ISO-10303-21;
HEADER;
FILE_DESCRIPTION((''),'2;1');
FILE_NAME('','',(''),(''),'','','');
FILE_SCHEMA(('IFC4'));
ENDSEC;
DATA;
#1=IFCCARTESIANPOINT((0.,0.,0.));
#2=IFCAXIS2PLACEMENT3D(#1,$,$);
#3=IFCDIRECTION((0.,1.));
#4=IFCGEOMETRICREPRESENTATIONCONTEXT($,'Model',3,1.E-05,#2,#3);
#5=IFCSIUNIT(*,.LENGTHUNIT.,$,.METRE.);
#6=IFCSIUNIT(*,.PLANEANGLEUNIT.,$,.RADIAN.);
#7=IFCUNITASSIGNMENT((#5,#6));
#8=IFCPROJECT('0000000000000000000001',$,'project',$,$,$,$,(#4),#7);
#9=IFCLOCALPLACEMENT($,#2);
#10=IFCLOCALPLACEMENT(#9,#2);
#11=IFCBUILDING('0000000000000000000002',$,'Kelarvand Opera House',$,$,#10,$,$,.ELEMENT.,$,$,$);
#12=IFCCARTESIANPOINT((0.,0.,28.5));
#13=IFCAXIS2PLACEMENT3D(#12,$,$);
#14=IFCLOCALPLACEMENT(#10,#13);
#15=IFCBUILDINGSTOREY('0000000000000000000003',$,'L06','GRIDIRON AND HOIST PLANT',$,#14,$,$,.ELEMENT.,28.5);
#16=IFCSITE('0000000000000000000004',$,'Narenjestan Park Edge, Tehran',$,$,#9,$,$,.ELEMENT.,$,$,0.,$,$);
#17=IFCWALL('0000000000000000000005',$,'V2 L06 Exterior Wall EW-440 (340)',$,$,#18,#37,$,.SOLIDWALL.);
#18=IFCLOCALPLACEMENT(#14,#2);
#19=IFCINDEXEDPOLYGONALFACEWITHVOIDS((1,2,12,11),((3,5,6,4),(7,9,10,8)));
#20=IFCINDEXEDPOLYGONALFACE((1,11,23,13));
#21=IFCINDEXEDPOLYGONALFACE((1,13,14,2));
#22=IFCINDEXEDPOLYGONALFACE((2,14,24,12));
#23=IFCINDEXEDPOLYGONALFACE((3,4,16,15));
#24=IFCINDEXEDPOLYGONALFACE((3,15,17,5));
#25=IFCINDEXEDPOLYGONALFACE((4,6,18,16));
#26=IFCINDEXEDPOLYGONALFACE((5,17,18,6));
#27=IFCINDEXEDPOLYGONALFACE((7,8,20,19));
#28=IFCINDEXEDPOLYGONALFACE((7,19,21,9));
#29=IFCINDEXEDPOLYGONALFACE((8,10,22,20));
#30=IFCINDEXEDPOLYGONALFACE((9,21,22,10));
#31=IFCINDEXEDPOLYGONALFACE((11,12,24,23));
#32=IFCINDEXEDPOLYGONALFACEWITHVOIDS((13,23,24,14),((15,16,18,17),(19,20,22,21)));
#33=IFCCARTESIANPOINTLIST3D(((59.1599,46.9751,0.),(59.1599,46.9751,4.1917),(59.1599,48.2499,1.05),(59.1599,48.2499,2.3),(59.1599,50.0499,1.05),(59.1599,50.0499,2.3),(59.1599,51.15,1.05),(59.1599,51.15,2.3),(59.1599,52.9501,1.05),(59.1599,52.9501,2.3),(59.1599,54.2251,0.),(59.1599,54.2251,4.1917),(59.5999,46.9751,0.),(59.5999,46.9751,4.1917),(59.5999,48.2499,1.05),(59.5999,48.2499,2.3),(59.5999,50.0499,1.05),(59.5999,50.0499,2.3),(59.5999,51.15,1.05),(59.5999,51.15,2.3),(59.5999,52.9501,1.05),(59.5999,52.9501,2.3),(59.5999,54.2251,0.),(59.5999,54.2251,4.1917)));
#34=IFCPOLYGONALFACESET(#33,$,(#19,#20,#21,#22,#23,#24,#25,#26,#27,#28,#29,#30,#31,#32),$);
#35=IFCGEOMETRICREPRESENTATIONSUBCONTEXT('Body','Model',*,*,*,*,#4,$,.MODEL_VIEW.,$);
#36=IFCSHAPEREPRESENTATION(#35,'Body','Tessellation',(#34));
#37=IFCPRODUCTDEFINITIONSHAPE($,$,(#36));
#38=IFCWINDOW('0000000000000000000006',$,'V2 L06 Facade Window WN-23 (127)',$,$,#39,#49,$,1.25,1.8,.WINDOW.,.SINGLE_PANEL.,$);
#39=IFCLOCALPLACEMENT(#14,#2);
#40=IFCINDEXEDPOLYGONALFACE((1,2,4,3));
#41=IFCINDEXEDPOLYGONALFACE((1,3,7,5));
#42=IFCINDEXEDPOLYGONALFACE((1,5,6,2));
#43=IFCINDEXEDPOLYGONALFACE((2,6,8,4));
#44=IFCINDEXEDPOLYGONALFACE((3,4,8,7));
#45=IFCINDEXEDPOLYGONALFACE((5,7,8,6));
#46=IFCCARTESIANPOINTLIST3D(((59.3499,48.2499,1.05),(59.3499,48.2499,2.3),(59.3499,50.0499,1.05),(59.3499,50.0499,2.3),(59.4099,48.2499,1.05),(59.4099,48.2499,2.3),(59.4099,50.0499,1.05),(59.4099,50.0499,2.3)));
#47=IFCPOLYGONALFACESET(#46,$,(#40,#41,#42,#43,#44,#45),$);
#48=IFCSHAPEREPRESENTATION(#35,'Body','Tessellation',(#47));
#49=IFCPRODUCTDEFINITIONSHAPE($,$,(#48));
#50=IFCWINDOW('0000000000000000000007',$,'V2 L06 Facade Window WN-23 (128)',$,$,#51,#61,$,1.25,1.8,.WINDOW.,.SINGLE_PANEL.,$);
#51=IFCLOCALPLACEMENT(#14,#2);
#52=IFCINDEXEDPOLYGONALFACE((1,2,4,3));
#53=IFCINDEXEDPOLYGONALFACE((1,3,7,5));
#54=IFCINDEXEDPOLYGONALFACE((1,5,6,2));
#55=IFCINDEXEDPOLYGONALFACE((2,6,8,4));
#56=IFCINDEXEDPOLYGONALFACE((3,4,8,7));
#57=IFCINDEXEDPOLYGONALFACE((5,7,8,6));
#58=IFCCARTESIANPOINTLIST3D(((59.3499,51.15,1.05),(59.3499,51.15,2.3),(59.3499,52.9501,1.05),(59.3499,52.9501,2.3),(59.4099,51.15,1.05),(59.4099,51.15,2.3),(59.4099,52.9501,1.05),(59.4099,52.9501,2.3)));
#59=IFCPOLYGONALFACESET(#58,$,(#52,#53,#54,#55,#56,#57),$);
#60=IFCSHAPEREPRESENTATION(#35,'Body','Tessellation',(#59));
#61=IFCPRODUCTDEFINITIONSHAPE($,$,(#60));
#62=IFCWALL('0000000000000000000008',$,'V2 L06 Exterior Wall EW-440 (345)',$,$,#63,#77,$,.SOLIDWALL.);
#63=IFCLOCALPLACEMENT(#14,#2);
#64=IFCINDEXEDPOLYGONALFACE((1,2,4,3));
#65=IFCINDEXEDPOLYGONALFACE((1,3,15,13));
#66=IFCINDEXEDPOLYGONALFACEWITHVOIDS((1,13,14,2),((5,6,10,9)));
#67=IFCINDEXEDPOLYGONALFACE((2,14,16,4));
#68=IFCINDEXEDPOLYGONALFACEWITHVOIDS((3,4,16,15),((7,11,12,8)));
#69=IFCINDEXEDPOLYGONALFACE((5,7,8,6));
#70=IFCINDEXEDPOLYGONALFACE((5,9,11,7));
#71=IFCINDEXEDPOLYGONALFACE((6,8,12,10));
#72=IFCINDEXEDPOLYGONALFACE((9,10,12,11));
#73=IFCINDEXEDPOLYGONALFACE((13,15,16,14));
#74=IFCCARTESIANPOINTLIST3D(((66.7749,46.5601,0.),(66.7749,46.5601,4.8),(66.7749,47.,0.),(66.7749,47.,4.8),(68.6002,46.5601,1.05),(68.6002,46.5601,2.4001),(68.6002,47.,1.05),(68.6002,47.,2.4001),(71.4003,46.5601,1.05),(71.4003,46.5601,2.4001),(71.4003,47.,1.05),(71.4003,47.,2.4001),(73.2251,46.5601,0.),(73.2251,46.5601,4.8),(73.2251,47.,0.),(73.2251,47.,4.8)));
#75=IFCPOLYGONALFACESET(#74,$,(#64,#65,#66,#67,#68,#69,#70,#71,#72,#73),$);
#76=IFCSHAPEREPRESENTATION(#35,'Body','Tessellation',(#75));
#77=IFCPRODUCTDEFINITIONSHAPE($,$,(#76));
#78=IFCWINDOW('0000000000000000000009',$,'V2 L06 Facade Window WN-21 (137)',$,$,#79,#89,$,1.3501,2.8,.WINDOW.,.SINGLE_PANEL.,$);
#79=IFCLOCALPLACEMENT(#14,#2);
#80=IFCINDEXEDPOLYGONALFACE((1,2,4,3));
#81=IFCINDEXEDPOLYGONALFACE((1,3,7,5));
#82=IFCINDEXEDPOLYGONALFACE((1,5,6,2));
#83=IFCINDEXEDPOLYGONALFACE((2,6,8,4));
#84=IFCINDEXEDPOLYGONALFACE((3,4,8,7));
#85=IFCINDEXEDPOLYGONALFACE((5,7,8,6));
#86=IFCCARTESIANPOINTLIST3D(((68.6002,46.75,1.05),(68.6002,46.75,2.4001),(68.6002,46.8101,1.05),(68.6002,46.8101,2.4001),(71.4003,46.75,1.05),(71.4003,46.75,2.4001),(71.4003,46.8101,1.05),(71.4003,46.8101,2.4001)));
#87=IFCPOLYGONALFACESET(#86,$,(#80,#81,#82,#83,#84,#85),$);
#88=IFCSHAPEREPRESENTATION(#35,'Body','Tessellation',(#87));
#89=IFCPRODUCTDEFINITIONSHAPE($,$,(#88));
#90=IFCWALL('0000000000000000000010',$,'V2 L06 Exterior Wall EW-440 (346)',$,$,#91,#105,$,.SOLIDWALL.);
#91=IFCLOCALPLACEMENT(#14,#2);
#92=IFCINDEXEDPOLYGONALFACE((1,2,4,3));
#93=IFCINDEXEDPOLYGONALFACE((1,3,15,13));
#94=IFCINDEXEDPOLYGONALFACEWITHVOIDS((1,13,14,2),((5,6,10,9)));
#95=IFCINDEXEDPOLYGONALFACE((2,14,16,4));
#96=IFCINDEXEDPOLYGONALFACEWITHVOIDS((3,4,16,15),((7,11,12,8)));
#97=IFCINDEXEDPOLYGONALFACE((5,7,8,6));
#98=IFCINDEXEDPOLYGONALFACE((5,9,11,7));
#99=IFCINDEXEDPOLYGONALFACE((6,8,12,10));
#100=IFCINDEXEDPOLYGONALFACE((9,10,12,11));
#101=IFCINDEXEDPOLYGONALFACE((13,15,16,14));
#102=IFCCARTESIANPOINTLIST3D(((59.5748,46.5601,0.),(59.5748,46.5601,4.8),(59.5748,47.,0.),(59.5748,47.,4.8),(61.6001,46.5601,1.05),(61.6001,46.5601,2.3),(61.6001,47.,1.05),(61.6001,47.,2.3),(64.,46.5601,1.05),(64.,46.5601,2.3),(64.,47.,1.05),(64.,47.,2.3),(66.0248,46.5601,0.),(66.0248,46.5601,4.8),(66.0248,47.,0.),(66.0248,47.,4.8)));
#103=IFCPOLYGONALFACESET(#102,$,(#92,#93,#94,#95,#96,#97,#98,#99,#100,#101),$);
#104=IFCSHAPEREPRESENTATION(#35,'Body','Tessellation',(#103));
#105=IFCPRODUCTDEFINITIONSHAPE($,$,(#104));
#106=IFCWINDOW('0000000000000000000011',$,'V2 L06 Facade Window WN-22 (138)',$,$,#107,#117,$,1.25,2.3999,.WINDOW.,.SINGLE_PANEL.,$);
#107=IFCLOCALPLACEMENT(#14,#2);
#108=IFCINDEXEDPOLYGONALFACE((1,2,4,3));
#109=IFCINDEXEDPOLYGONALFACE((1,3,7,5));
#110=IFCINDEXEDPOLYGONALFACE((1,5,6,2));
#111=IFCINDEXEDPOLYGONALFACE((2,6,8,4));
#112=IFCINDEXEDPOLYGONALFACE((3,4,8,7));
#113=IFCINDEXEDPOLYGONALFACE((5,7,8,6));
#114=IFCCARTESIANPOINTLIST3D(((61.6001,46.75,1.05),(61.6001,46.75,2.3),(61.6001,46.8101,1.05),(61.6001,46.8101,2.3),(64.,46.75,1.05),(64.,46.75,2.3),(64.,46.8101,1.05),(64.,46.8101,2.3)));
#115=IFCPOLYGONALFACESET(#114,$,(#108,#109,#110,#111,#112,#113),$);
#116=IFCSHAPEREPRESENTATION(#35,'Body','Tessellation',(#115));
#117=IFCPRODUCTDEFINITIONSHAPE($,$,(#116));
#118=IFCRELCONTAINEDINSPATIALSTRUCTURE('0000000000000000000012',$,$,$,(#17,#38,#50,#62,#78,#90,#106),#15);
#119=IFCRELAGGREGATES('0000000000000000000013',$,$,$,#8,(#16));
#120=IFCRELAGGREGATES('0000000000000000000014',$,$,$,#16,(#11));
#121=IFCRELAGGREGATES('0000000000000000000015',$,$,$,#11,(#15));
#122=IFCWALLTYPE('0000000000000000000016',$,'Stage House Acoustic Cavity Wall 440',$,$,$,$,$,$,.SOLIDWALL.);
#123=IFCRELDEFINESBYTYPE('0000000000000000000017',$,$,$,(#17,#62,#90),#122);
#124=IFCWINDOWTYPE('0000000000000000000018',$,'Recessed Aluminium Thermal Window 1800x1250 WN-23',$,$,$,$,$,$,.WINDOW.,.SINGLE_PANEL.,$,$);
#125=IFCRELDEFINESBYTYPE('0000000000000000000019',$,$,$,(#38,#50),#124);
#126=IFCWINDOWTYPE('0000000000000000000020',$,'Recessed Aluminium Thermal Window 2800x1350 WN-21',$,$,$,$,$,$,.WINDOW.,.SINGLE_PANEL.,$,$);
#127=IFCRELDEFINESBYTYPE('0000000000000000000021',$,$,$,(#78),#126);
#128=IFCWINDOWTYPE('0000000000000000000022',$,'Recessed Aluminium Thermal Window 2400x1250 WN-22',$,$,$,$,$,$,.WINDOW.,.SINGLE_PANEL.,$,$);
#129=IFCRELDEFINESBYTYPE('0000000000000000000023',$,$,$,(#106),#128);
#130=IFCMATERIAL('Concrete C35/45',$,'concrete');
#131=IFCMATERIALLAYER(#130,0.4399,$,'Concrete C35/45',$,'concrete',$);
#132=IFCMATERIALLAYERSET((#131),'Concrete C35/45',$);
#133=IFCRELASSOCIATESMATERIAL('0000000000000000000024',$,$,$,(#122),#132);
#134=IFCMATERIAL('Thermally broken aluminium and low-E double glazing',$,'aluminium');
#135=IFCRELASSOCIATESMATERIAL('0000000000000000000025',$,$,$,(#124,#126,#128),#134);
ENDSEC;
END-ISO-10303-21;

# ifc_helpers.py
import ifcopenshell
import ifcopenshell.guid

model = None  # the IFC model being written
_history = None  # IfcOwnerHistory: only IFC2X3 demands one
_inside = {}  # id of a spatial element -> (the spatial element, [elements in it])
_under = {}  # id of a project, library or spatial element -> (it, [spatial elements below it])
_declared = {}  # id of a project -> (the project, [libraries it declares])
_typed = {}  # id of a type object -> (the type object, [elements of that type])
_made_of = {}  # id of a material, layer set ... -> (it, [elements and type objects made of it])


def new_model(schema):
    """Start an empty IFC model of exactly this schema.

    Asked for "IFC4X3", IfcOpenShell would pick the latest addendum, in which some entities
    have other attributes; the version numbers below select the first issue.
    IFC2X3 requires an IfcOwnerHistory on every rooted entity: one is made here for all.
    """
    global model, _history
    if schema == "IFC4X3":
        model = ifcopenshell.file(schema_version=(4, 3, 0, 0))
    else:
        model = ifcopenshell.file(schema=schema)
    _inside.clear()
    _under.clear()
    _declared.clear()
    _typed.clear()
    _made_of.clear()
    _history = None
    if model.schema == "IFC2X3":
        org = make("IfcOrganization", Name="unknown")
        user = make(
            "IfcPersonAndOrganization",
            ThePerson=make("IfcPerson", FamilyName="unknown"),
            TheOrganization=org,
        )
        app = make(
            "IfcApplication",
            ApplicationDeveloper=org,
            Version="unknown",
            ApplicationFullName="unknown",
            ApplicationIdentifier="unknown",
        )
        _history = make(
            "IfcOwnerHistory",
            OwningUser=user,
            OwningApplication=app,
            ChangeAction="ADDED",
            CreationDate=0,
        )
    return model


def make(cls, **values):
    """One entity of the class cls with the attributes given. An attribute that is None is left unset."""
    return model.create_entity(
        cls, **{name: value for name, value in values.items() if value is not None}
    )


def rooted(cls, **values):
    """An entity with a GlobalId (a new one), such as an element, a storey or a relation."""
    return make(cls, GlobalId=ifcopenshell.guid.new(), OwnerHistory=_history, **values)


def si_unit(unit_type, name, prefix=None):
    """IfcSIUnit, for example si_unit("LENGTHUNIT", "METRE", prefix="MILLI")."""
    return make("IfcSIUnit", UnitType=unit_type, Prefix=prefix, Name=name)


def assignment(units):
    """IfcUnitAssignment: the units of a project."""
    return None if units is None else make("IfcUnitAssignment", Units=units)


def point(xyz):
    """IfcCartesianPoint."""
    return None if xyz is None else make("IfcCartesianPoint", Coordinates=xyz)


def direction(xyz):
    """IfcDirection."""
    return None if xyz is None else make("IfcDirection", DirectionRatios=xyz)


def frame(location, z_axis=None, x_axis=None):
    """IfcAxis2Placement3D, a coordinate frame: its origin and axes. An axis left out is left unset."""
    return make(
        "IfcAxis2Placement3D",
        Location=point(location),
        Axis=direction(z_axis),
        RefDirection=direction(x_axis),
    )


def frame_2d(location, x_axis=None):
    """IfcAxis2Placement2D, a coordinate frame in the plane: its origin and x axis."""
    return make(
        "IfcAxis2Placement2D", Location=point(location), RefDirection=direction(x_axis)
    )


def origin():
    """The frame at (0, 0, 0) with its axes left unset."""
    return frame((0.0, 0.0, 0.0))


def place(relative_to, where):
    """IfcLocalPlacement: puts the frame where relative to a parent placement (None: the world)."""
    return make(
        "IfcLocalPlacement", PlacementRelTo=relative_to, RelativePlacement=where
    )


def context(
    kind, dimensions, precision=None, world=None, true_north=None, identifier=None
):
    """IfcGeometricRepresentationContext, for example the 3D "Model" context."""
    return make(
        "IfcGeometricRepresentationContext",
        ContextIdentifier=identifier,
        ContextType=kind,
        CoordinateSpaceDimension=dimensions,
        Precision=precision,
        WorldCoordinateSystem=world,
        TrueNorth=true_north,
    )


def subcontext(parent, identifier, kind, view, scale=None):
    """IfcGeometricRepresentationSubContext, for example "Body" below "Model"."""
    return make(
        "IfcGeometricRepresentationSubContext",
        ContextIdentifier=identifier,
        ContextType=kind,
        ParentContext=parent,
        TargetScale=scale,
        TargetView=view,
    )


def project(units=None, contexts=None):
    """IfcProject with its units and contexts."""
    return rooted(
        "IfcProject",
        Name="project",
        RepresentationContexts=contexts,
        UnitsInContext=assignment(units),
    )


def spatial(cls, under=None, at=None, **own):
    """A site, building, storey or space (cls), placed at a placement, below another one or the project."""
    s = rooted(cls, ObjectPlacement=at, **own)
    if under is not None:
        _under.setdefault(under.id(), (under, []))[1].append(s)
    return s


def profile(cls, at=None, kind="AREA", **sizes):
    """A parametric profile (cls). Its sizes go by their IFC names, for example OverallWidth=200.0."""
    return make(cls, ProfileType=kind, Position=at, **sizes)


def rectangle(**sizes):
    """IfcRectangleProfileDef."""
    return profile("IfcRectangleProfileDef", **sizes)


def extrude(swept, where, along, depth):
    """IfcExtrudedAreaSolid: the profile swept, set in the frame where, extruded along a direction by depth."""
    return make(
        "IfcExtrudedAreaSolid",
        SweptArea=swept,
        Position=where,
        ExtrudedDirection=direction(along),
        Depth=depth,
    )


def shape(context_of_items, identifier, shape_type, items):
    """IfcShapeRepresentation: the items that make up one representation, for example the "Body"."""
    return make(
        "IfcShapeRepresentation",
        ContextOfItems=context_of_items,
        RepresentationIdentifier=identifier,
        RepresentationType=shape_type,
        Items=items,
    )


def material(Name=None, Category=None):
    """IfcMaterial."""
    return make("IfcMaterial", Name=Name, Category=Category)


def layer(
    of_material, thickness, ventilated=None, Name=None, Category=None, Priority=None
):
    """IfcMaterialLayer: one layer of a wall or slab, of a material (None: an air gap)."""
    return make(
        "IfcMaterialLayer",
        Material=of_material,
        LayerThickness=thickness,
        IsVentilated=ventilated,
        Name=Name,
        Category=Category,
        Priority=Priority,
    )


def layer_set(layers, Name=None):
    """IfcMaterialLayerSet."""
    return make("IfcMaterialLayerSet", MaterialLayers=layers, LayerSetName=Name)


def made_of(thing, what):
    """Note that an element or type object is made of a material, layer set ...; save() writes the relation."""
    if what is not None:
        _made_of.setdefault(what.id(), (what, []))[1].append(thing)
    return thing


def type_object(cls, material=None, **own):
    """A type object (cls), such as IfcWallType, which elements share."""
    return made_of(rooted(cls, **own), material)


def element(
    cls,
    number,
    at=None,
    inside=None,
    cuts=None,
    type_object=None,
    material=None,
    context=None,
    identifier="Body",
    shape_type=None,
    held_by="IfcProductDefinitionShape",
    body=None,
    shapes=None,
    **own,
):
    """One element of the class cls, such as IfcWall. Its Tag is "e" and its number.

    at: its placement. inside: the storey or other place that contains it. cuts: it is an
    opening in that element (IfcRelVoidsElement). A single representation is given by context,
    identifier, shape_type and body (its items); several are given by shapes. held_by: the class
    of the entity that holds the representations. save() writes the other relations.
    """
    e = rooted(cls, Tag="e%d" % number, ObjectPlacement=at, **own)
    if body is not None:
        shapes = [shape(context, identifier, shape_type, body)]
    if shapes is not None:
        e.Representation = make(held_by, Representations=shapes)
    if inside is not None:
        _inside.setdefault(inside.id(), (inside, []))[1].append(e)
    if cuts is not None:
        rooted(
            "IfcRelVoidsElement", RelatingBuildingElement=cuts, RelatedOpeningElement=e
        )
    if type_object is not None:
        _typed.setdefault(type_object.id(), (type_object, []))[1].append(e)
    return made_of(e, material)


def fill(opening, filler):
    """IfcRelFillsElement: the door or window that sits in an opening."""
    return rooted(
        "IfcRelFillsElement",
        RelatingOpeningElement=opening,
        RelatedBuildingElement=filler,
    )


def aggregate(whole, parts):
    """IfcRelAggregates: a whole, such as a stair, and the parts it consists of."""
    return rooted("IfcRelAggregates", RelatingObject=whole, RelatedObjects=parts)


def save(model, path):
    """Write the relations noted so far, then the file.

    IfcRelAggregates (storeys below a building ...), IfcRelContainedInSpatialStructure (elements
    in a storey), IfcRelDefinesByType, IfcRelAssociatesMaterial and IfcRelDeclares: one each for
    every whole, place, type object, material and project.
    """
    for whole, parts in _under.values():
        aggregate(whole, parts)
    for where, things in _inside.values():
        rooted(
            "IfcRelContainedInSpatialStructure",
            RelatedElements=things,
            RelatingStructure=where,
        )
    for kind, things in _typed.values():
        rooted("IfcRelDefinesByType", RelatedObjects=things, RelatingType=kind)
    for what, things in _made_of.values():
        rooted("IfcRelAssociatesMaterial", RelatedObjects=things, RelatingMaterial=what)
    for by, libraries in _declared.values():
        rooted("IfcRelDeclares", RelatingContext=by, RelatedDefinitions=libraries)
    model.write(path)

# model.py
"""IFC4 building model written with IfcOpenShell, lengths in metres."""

from ifc_helpers import new_model, si_unit, direction, frame, frame_2d, origin, place, context, subcontext, project, spatial, rectangle, extrude, material, layer, layer_set, type_object, element, fill, save


model = new_model("IFC4")

# Units and contexts
model_context = context("Model", 3, precision=1e-05, world=origin(), true_north=direction((0.0, 1.0)))
body_context = subcontext(model_context, "Body", "Model", "MODEL_VIEW")
ifc_project = project(units=[si_unit("LENGTHUNIT", "METRE"), si_unit("PLANEANGLEUNIT", "RADIAN")], contexts=[model_context])

# Site, building, storey
site_placement = place(None, origin())
site = spatial("IfcSite", under=ifc_project, at=site_placement, Name="Narenjestan Park Edge, Tehran", CompositionType="ELEMENT", RefElevation=0.0)
building_placement = place(site_placement, origin())
building = spatial("IfcBuilding", under=site, at=building_placement, Name="Kelarvand Opera House", CompositionType="ELEMENT")
storey_placement = place(building_placement, frame((0.0, 0.0, 28.5)))
storey = spatial("IfcBuildingStorey", under=building, at=storey_placement, Name="L06", Description="GRIDIRON AND HOIST PLANT", CompositionType="ELEMENT", Elevation=28.5)

# Shared definitions
ifc_material_1 = material(Name="Concrete C35/45", Category="concrete")

# Wall, openings, windows
ifc_layer_1 = layer(ifc_material_1, 0.4399, Name="Concrete C35/45", Category="concrete")
ifc_layer_set_1 = layer_set([ifc_layer_1], Name="Concrete C35/45")
wall_type_1 = type_object("IfcWallType", Name="Stage House Acoustic Cavity Wall 440", PredefinedType="SOLIDWALL", material=ifc_layer_set_1)
wall_1_placement = place(storey_placement, frame((59.3799, 46.9751, 0.0), z_axis=(0.0, 0.0, 1.0), x_axis=(0.0, 1.0, 0.0)))
wall_1 = element("IfcWall", 1, at=wall_1_placement, inside=storey, type_object=wall_type_1, Name="V2 L06 Exterior Wall EW-440 (340)", PredefinedType="SOLIDWALL", context=body_context, shape_type="SweptSolid", body=[
    extrude(rectangle(XDim=7.25, YDim=0.4399, at=frame_2d((3.625, 0.0))), origin(), (0.0, 0.0, 1.0), 4.1917),
])
opening_1_placement = place(wall_1_placement, frame((1.2749, 0.0, 1.05)))
opening_1 = element("IfcOpeningElement", 2, at=opening_1_placement, cuts=wall_1, PredefinedType="OPENING", context=body_context, shape_type="SweptSolid", body=[
    extrude(rectangle(XDim=1.8, YDim=1.25, at=frame_2d((0.8999, 0.625))), frame((0.0, 0.23, 0.0), z_axis=(0.0, -1.0, 0.0), x_axis=(1.0, 0.0, 0.0)), (0.0, 0.0, 1.0), 0.46),
])
opening_2_placement = place(wall_1_placement, frame((4.175, 0.0, 1.05)))
opening_2 = element("IfcOpeningElement", 3, at=opening_2_placement, cuts=wall_1, PredefinedType="OPENING", context=body_context, shape_type="SweptSolid", body=[
    extrude(rectangle(XDim=1.8, YDim=1.25, at=frame_2d((0.8999, 0.625))), frame((0.0, 0.23, 0.0), z_axis=(0.0, -1.0, 0.0), x_axis=(1.0, 0.0, 0.0)), (0.0, 0.0, 1.0), 0.46),
])
ifc_material_2 = material(Name="Thermally broken aluminium and low-E double glazing", Category="aluminium")
window_type_1 = type_object("IfcWindowType", Name="Recessed Aluminium Thermal Window 1800x1250 WN-23", PartitioningType="SINGLE_PANEL", PredefinedType="WINDOW", material=ifc_material_2)
window_1_placement = place(opening_1_placement, origin())
window_1 = element("IfcWindow", 4, at=window_1_placement, inside=storey, type_object=window_type_1, Name="V2 L06 Facade Window WN-23 (127)", OverallHeight=1.25, OverallWidth=1.8, PartitioningType="SINGLE_PANEL", PredefinedType="WINDOW", context=body_context, shape_type="SweptSolid", body=[
    extrude(rectangle(XDim=1.8, YDim=1.25, at=frame_2d((0.8999, 0.625))), frame((0.0, 0.03, 0.0), z_axis=(0.0, -1.0, 0.0), x_axis=(1.0, 0.0, 0.0)), (0.0, 0.0, 1.0), 0.0601),
])
fill(opening_1, window_1)
window_2_placement = place(opening_2_placement, origin())
window_2 = element("IfcWindow", 5, at=window_2_placement, inside=storey, type_object=window_type_1, Name="V2 L06 Facade Window WN-23 (128)", OverallHeight=1.25, OverallWidth=1.8, PartitioningType="SINGLE_PANEL", PredefinedType="WINDOW", context=body_context, shape_type="SweptSolid", body=[
    extrude(rectangle(XDim=1.8, YDim=1.25, at=frame_2d((0.8999, 0.625))), frame((0.0, 0.03, 0.0), z_axis=(0.0, -1.0, 0.0), x_axis=(1.0, 0.0, 0.0)), (0.0, 0.0, 1.0), 0.0601),
])
fill(opening_2, window_2)

# Walls, openings, windows
wall_2_placement = place(storey_placement, frame((73.2251, 46.78, 0.0), z_axis=(0.0, 0.0, 1.0), x_axis=(-1.0, 0.0, 0.0)))
wall_2 = element("IfcWall", 6, at=wall_2_placement, inside=storey, type_object=wall_type_1, Name="V2 L06 Exterior Wall EW-440 (345)", PredefinedType="SOLIDWALL", context=body_context, shape_type="SweptSolid", body=[
    extrude(rectangle(XDim=6.4502, YDim=0.4399, at=frame_2d((3.2251, 0.0))), origin(), (0.0, 0.0, 1.0), 4.8),
])
opening_3_placement = place(wall_2_placement, frame((1.825, 0.0, 1.05)))
opening_3 = element("IfcOpeningElement", 7, at=opening_3_placement, cuts=wall_2, PredefinedType="OPENING", context=body_context, shape_type="SweptSolid", body=[
    extrude(rectangle(XDim=2.8, YDim=1.3501, at=frame_2d((1.3999, 0.675))), frame((0.0, 0.23, 0.0), z_axis=(0.0, -1.0, 0.0), x_axis=(1.0, 0.0, 0.0)), (0.0, 0.0, 1.0), 0.46),
])
window_type_2 = type_object("IfcWindowType", Name="Recessed Aluminium Thermal Window 2800x1350 WN-21", PartitioningType="SINGLE_PANEL", PredefinedType="WINDOW", material=ifc_material_2)
window_3_placement = place(opening_3_placement, origin())
window_3 = element("IfcWindow", 8, at=window_3_placement, inside=storey, type_object=window_type_2, Name="V2 L06 Facade Window WN-21 (137)", OverallHeight=1.3501, OverallWidth=2.8, PartitioningType="SINGLE_PANEL", PredefinedType="WINDOW", context=body_context, shape_type="SweptSolid", body=[
    extrude(rectangle(XDim=2.8, YDim=1.3501, at=frame_2d((1.3999, 0.675))), frame((0.0, 0.03, 0.0), z_axis=(0.0, -1.0, 0.0), x_axis=(1.0, 0.0, 0.0)), (0.0, 0.0, 1.0), 0.0601),
])
fill(opening_3, window_3)
wall_3_placement = place(storey_placement, frame((66.0249, 46.78, 0.0), z_axis=(0.0, 0.0, 1.0), x_axis=(-1.0, 0.0, 0.0)))
wall_3 = element("IfcWall", 9, at=wall_3_placement, inside=storey, type_object=wall_type_1, Name="V2 L06 Exterior Wall EW-440 (346)", PredefinedType="SOLIDWALL", context=body_context, shape_type="SweptSolid", body=[
    extrude(rectangle(XDim=6.45, YDim=0.4399, at=frame_2d((3.2251, 0.0))), origin(), (0.0, 0.0, 1.0), 4.8),
])
opening_4_placement = place(wall_3_placement, frame((2.0249, 0.0, 1.05)))
opening_4 = element("IfcOpeningElement", 10, at=opening_4_placement, cuts=wall_3, PredefinedType="OPENING", context=body_context, shape_type="SweptSolid", body=[
    extrude(rectangle(XDim=2.3999, YDim=1.25, at=frame_2d((1.2, 0.625))), frame((0.0, 0.23, 0.0), z_axis=(0.0, -1.0, 0.0), x_axis=(1.0, 0.0, 0.0)), (0.0, 0.0, 1.0), 0.46),
])
window_type_3 = type_object("IfcWindowType", Name="Recessed Aluminium Thermal Window 2400x1250 WN-22", PartitioningType="SINGLE_PANEL", PredefinedType="WINDOW", material=ifc_material_2)
window_4_placement = place(opening_4_placement, origin())
window_4 = element("IfcWindow", 11, at=window_4_placement, inside=storey, type_object=window_type_3, Name="V2 L06 Facade Window WN-22 (138)", OverallHeight=1.25, OverallWidth=2.3999, PartitioningType="SINGLE_PANEL", PredefinedType="WINDOW", context=body_context, shape_type="SweptSolid", body=[
    extrude(rectangle(XDim=2.3999, YDim=1.25, at=frame_2d((1.2, 0.625))), frame((0.0, 0.03, 0.0), z_axis=(0.0, -1.0, 0.0), x_axis=(1.0, 0.0, 0.0)), (0.0, 0.0, 1.0), 0.0601),
])
fill(opening_4, window_4)

save(model, "model.ifc")
